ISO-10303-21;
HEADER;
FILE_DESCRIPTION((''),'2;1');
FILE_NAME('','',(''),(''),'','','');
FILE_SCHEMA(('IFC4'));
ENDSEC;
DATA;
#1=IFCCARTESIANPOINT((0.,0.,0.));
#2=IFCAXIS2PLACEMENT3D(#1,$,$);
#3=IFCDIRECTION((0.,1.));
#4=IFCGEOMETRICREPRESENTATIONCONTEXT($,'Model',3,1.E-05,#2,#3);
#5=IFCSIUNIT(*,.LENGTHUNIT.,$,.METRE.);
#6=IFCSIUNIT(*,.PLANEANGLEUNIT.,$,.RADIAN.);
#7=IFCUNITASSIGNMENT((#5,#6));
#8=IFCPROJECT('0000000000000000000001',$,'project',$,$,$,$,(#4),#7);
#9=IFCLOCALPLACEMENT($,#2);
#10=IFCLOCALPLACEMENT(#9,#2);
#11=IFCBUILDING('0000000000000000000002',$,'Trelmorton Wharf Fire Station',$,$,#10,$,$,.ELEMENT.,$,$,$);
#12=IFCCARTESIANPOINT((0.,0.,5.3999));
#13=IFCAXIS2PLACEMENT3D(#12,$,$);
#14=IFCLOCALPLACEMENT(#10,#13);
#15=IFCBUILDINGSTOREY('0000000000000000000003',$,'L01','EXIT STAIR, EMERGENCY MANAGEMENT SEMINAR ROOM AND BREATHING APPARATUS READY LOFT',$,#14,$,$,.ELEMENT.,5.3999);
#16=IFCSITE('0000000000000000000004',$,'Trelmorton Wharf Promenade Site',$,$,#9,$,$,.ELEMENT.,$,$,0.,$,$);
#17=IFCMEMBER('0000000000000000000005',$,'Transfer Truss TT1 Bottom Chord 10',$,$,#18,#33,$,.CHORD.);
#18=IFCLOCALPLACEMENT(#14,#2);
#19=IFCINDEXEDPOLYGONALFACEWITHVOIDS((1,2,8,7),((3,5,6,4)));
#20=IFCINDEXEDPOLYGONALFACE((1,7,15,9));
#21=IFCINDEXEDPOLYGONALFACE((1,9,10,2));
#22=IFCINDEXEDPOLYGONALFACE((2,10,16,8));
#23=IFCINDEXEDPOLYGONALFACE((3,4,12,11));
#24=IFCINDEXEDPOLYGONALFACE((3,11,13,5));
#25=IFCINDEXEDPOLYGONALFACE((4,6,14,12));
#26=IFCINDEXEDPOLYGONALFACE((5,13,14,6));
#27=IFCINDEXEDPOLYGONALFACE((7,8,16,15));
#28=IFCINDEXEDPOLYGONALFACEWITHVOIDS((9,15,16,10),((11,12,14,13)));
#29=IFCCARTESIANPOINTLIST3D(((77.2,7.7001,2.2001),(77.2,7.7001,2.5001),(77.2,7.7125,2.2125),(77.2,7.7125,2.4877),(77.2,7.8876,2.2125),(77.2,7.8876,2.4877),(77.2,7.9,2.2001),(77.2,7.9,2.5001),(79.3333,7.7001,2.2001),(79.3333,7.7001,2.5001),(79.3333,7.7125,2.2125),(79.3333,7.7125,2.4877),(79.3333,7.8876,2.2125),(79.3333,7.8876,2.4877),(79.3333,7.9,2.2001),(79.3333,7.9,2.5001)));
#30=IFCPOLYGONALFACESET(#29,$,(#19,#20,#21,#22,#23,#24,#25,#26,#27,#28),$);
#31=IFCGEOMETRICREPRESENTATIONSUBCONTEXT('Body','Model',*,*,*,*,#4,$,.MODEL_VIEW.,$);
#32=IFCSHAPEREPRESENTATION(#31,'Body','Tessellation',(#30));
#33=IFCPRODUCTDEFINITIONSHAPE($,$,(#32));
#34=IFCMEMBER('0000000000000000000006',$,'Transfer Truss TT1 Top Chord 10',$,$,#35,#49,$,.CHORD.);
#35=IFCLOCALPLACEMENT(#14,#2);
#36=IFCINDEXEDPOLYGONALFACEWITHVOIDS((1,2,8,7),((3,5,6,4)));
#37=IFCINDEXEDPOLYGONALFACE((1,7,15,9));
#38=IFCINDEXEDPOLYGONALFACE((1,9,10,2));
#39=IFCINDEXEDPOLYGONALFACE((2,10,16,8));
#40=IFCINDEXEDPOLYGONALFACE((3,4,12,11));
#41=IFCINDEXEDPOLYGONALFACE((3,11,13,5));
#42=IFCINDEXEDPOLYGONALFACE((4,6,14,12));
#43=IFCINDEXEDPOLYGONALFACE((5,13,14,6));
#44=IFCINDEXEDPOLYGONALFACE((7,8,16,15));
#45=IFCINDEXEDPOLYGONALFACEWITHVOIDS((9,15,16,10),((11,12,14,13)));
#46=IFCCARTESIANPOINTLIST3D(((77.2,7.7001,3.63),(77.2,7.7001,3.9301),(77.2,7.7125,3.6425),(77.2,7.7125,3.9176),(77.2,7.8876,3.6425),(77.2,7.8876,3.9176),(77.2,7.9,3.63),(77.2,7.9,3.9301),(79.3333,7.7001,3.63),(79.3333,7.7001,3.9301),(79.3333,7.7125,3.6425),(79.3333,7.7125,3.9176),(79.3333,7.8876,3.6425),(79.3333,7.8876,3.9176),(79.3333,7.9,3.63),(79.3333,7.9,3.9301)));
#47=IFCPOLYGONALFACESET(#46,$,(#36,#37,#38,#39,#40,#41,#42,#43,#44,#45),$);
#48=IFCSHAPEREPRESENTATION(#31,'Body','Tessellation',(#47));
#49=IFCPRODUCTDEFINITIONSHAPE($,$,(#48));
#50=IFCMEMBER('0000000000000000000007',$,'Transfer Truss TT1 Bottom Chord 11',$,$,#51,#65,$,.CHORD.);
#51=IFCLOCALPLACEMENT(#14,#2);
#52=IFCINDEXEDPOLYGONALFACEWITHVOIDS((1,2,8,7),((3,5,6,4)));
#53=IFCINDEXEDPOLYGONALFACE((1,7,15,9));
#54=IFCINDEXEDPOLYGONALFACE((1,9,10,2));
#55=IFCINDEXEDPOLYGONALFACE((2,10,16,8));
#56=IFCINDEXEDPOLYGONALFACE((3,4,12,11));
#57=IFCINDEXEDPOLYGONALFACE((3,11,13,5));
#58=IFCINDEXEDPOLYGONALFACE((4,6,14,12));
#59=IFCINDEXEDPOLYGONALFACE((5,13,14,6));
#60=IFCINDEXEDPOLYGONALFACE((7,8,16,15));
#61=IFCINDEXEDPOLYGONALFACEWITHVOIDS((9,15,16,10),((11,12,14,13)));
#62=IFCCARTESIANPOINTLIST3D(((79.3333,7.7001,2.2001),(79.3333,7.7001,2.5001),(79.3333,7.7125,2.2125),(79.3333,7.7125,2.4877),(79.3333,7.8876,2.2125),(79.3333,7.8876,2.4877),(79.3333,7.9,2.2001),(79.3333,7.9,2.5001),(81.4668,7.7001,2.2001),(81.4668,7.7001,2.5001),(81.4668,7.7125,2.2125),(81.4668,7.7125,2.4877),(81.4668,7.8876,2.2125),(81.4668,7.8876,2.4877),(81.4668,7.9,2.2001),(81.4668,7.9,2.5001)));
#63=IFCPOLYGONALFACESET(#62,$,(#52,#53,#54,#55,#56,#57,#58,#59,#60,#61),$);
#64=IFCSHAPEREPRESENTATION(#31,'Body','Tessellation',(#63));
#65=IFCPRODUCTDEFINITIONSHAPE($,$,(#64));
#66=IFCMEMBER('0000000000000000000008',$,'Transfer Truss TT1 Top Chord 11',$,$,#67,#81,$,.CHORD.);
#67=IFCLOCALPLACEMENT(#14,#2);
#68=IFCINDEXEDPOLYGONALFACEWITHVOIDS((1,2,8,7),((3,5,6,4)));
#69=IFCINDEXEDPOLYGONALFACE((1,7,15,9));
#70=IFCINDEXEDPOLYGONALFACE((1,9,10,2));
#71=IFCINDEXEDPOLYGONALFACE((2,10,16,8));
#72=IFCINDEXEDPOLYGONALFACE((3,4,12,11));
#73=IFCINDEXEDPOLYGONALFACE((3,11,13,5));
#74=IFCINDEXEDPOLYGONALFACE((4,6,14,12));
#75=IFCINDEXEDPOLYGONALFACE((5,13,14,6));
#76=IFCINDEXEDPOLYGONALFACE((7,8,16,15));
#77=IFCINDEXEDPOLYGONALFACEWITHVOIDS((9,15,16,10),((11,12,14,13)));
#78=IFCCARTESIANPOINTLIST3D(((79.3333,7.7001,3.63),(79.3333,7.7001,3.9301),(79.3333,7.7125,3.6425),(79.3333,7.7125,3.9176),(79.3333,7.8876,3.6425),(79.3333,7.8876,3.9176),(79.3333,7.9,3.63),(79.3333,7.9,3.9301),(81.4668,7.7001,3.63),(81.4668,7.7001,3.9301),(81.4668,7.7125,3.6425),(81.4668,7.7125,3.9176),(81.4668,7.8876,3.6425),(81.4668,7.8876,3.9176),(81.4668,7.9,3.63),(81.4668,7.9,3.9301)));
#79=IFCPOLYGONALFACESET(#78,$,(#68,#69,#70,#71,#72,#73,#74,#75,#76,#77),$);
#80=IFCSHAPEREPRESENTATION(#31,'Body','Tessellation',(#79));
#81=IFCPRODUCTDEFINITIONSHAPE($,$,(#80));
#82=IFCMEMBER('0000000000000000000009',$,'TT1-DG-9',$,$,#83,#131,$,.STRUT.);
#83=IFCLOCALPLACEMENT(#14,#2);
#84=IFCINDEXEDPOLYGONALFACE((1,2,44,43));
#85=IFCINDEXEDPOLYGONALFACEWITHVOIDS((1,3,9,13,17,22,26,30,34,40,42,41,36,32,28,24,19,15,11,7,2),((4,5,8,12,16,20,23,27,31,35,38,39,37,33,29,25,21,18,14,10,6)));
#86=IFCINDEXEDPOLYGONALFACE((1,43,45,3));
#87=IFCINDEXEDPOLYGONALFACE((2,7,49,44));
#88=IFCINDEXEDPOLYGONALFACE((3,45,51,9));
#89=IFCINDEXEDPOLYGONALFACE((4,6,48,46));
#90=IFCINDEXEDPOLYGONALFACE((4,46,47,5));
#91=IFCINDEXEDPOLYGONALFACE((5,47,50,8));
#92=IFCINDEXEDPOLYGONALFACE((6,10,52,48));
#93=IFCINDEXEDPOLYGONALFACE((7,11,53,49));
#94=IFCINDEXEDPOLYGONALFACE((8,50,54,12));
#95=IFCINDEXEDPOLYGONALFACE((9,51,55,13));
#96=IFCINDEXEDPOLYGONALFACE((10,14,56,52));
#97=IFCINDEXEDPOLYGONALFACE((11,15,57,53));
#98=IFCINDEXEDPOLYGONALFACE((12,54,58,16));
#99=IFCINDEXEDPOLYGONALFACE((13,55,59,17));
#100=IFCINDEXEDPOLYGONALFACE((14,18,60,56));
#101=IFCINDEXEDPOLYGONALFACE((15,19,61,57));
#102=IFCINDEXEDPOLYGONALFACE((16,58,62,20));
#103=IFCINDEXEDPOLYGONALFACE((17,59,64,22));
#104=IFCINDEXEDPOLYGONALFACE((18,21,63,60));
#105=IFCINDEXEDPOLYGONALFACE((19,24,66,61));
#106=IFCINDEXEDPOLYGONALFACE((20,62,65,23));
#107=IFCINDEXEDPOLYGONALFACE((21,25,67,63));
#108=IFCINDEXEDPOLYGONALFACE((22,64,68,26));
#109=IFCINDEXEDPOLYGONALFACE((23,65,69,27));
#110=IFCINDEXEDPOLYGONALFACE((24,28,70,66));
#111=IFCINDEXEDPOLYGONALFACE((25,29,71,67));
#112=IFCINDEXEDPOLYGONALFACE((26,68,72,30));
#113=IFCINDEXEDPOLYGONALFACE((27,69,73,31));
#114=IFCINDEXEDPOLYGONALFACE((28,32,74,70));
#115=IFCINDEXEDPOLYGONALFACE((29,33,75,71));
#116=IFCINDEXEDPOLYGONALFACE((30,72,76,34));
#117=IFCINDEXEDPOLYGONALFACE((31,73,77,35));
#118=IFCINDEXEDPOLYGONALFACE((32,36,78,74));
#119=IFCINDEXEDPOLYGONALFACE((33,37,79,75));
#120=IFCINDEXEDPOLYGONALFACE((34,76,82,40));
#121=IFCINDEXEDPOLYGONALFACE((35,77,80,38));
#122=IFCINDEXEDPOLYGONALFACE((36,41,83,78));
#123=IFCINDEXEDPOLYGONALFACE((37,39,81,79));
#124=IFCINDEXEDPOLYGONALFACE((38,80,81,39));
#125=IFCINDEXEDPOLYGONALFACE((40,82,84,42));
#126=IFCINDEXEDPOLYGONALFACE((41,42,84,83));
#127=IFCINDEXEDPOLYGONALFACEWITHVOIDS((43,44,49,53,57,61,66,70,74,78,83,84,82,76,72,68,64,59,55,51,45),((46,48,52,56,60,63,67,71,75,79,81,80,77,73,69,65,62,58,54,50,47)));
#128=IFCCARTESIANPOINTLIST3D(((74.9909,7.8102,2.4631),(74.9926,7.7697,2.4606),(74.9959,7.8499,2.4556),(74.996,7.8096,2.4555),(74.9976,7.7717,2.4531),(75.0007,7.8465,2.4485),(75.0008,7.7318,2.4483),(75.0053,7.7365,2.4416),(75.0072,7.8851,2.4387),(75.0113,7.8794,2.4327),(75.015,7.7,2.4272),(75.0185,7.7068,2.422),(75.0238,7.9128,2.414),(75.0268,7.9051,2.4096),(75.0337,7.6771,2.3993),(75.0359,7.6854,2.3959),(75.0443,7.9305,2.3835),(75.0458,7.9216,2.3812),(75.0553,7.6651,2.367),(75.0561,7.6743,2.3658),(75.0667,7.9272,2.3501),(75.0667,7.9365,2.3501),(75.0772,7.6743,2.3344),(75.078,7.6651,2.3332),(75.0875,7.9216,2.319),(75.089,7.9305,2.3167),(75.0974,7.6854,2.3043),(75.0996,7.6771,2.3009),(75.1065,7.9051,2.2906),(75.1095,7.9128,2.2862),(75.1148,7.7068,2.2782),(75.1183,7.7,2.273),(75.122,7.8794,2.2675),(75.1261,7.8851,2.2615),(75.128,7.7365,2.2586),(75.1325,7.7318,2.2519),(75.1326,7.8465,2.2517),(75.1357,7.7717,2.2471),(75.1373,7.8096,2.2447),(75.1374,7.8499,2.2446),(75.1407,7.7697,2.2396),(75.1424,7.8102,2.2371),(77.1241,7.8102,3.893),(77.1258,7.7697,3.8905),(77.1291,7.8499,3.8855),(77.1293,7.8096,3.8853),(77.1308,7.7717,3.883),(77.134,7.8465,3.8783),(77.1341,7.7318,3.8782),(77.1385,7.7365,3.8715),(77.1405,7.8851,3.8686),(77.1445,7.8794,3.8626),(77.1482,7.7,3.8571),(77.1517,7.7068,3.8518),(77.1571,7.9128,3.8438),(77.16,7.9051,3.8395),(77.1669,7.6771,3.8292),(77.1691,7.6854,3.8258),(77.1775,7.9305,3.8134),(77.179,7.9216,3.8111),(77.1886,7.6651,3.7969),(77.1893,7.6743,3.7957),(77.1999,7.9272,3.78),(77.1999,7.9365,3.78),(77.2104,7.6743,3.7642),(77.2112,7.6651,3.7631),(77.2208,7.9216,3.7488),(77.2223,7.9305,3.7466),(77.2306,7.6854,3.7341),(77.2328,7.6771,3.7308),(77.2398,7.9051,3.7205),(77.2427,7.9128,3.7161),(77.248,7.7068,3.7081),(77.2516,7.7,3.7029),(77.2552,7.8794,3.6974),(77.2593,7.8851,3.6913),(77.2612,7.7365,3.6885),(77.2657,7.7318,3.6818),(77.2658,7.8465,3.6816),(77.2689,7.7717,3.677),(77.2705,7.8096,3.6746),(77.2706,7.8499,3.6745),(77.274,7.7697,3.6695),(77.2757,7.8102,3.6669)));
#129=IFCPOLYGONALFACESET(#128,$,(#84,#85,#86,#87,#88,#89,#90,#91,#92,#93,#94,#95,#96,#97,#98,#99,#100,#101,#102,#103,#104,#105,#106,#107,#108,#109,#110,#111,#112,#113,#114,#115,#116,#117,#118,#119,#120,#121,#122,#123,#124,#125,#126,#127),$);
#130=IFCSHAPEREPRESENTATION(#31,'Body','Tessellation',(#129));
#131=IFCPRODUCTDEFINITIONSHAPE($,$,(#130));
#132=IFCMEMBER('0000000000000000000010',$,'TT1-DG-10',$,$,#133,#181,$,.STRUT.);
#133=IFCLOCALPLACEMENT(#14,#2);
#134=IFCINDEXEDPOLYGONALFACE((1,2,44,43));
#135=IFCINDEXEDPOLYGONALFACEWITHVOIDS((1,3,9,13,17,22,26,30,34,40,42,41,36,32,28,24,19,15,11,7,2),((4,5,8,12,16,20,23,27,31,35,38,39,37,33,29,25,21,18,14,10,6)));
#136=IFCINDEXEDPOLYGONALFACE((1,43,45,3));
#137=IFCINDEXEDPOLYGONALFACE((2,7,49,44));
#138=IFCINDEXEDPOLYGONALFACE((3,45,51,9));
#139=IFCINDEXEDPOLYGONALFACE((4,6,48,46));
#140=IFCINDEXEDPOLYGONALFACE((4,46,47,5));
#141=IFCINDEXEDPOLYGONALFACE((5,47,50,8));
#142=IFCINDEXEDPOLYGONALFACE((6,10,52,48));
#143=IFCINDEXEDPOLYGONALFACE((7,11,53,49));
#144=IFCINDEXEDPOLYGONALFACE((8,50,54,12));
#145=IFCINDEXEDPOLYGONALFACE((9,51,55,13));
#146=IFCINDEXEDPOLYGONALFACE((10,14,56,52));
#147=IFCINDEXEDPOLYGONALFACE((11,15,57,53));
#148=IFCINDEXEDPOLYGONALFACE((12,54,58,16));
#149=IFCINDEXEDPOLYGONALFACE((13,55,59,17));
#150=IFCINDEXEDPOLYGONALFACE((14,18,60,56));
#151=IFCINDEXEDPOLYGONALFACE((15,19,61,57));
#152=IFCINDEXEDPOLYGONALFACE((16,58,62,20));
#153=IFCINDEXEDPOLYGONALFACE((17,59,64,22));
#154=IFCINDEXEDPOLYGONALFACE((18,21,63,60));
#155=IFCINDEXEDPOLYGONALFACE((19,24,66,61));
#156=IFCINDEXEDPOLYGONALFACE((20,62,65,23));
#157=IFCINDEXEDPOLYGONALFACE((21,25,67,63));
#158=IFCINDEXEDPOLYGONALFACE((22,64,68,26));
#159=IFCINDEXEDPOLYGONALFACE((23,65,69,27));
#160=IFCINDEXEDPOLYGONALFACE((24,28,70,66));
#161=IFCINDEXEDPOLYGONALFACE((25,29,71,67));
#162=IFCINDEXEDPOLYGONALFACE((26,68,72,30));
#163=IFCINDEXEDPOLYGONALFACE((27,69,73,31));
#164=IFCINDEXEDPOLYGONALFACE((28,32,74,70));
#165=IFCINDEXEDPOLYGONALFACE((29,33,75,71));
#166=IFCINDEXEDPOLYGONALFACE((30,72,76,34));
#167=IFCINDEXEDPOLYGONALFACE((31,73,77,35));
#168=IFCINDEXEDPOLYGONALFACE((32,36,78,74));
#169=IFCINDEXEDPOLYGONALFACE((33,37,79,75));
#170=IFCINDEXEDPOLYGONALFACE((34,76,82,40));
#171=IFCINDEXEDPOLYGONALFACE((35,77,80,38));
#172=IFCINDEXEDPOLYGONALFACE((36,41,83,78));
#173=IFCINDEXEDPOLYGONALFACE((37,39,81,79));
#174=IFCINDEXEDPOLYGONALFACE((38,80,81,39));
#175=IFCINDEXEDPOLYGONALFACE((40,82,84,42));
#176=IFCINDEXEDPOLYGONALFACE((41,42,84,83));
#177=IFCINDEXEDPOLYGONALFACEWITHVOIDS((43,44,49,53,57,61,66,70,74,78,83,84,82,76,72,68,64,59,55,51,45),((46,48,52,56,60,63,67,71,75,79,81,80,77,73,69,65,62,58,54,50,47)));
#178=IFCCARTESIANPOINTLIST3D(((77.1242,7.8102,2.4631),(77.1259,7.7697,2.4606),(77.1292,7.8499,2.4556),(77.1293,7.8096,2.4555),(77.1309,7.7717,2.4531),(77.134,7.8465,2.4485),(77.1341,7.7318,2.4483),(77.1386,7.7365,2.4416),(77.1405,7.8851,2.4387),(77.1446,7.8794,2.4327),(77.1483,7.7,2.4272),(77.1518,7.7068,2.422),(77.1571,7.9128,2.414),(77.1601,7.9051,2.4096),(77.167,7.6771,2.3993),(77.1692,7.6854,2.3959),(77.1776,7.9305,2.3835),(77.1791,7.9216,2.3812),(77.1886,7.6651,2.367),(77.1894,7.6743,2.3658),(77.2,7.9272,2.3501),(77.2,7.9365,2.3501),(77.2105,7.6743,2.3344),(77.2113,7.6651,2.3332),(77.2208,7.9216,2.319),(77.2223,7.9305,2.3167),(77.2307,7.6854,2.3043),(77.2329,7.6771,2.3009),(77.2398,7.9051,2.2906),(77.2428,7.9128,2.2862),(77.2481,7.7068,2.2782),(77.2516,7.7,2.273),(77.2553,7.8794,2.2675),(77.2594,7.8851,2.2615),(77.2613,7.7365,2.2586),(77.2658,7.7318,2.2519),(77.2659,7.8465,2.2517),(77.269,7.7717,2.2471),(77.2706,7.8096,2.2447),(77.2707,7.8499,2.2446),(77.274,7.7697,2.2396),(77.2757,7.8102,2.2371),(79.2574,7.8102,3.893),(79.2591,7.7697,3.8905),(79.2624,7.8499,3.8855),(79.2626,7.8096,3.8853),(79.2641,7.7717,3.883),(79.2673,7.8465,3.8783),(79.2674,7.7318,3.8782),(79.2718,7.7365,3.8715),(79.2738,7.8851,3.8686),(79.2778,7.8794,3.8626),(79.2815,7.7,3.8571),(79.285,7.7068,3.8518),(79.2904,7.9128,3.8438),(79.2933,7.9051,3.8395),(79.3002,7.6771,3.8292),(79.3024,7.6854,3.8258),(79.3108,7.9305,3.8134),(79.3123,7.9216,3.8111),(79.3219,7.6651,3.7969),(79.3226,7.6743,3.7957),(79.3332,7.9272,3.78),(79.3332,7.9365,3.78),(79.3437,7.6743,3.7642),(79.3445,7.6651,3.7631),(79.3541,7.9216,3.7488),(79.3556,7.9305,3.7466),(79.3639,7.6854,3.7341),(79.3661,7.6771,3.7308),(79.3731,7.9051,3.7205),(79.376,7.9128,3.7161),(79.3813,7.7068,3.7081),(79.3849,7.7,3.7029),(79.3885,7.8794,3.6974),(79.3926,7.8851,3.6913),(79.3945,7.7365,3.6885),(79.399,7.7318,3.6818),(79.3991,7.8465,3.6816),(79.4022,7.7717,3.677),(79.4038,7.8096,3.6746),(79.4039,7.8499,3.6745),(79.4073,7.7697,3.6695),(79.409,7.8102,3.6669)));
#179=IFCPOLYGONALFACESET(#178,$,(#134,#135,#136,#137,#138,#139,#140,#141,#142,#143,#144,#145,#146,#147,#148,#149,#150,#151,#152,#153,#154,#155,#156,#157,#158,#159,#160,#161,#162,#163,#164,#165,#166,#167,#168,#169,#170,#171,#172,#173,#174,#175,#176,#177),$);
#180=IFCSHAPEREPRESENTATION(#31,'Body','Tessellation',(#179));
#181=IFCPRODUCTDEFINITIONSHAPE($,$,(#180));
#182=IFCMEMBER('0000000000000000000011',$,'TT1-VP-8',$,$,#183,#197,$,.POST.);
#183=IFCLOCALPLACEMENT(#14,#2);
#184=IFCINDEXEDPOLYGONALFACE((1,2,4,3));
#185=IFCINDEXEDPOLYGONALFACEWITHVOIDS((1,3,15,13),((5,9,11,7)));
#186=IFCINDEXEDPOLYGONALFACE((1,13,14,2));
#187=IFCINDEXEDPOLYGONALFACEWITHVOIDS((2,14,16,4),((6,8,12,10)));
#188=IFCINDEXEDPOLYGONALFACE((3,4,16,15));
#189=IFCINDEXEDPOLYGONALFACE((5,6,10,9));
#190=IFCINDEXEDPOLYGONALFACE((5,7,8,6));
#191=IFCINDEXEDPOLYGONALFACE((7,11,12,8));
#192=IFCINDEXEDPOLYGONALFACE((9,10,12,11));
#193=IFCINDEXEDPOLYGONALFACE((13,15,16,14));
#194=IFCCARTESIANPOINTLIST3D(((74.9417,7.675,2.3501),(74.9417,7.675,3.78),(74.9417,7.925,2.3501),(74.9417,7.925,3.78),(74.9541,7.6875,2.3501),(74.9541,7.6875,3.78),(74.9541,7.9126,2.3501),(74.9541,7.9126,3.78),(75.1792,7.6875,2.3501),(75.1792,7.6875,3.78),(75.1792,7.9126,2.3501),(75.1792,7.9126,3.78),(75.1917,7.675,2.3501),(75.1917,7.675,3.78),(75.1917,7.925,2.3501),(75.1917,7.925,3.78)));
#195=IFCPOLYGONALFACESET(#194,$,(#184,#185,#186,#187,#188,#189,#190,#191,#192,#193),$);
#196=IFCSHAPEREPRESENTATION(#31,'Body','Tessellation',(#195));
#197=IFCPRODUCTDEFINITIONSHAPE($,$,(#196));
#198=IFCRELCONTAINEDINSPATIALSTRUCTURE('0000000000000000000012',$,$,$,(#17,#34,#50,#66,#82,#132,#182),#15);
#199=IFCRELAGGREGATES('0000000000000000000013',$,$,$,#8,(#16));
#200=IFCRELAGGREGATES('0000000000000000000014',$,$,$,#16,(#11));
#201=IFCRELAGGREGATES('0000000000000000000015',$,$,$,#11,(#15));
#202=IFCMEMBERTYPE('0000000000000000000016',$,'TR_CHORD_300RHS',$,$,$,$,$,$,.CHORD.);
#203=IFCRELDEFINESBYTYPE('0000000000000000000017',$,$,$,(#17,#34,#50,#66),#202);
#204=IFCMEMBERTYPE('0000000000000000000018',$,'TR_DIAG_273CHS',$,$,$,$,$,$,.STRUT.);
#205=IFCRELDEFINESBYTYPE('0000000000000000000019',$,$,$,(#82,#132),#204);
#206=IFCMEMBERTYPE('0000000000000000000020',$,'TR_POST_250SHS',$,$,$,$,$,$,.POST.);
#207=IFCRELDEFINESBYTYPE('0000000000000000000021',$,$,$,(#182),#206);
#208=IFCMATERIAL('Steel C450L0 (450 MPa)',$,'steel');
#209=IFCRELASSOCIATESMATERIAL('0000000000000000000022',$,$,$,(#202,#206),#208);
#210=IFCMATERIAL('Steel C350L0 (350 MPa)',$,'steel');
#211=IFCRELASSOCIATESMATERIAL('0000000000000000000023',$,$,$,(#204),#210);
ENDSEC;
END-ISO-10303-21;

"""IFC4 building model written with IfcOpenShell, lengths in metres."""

from ifc_helpers import new_model, si_unit, direction, frame, origin, origin_2d, place, context, subcontext, project, spatial, hollow_rectangle, hollow_circle, extrude, material, material_profile, profile_set, type_object, element, save


model = new_model("IFC4")

# Units and contexts
model_context = context("Model", 3, precision=1e-05, world=origin(), true_north=direction((0.0, 1.0)))
body_context = subcontext(model_context, "Body", "Model", "MODEL_VIEW")
ifc_project = project(units=[si_unit("LENGTHUNIT", "METRE"), si_unit("PLANEANGLEUNIT", "RADIAN")], contexts=[model_context])

# Site, building, storey
site_placement = place(None, origin())
site = spatial("IfcSite", under=ifc_project, at=site_placement, Name="Trelmorton Wharf Promenade Site", CompositionType="ELEMENT", RefElevation=0.0)
building_placement = place(site_placement, origin())
building = spatial("IfcBuilding", under=site, at=building_placement, Name="Trelmorton Wharf Fire Station", CompositionType="ELEMENT")
storey_placement = place(building_placement, frame((0.0, 0.0, 5.3999)))
storey = spatial("IfcBuildingStorey", under=building, at=storey_placement, Name="L01", Description="EXIT STAIR, EMERGENCY MANAGEMENT SEMINAR ROOM AND BREATHING APPARATUS READY LOFT", CompositionType="ELEMENT", Elevation=5.3999)

# Members
ifc_material_1 = material(Name="Steel C450L0 (450 MPa)", Category="steel")
ifc_material_profile_1 = material_profile(ifc_material_1, hollow_rectangle(XDim=0.2, YDim=0.3, WallThickness=0.0125, at=origin_2d()), Name="300x200x12.5RHS")
ifc_profile_set_1 = profile_set([ifc_material_profile_1], Name="Steel C450L0 (450 MPa)")
member_type_1 = type_object("IfcMemberType", Name="TR_CHORD_300RHS", PredefinedType="CHORD", material=ifc_profile_set_1)
for number, where, z_axis, x_axis, name in (
    (1, (77.2, 7.8, 2.3501), (1.0, 0.0, 0.0), (0.0, 1.0, 0.0), "Transfer Truss TT1 Bottom Chord 10"),
    (2, (77.2, 7.8, 3.78), (1.0, 0.0, 0.0), (0.0, 1.0, 0.0), "Transfer Truss TT1 Top Chord 10"),
):
    element("IfcMember", number, at=place(storey_placement, frame(where, z_axis=z_axis, x_axis=x_axis)), inside=storey, type_object=member_type_1, Name=name, PredefinedType="CHORD", context=body_context, shape_type="SweptSolid", body=[
        extrude(hollow_rectangle(XDim=0.2, YDim=0.3, WallThickness=0.0125, at=origin_2d()), origin(), (0.0, 0.0, 1.0), 2.1333),
    ])
for number, where, z_axis, x_axis, name in (
    (3, (79.3333, 7.8, 2.3501), (1.0, 0.0, 0.0), (0.0, 1.0, 0.0), "Transfer Truss TT1 Bottom Chord 11"),
    (4, (79.3333, 7.8, 3.78), (1.0, 0.0, 0.0), (0.0, 1.0, 0.0), "Transfer Truss TT1 Top Chord 11"),
):
    element("IfcMember", number, at=place(storey_placement, frame(where, z_axis=z_axis, x_axis=x_axis)), inside=storey, type_object=member_type_1, Name=name, PredefinedType="CHORD", context=body_context, shape_type="SweptSolid", body=[
        extrude(hollow_rectangle(XDim=0.2, YDim=0.3, WallThickness=0.0125, at=origin_2d()), origin(), (0.0, 0.0, 1.0), 2.1335),
    ])
ifc_material_2 = material(Name="Steel C350L0 (350 MPa)", Category="steel")
ifc_material_profile_2 = material_profile(ifc_material_2, hollow_circle(Radius=0.1365, WallThickness=0.0093, at=origin_2d()), Name="273.1x9.3CHS")
ifc_profile_set_2 = profile_set([ifc_material_profile_2], Name="Steel C350L0 (350 MPa)")
member_type_2 = type_object("IfcMemberType", Name="TR_DIAG_273CHS", PredefinedType="STRUT", material=ifc_profile_set_2)
for number, where, z_axis, x_axis, name in (
    (5, (75.0667, 7.8, 2.3501), (0.830658, 0.0, 0.556783), (0.0, 1.0, 0.0), "TT1-DG-9"),
    (6, (77.2, 7.8, 2.3501), (0.830658, 0.0, 0.556783), (0.0, 1.0, 0.0), "TT1-DG-10"),
):
    element("IfcMember", number, at=place(storey_placement, frame(where, z_axis=z_axis, x_axis=x_axis)), inside=storey, type_object=member_type_2, Name=name, PredefinedType="STRUT", context=body_context, shape_type="SweptSolid", body=[
        extrude(hollow_circle(Radius=0.1365, WallThickness=0.0093, at=origin_2d()), origin(), (0.0, 0.0, 1.0), 2.5681),
    ])
ifc_material_profile_3 = material_profile(ifc_material_1, hollow_rectangle(XDim=0.25, YDim=0.25, WallThickness=0.0125, at=origin_2d()), Name="250x250x12.5SHS")
ifc_profile_set_3 = profile_set([ifc_material_profile_3], Name="Steel C450L0 (450 MPa)")
member_type_3 = type_object("IfcMemberType", Name="TR_POST_250SHS", PredefinedType="POST", material=ifc_profile_set_3)
member_1_placement = place(storey_placement, frame((75.0667, 7.8, 2.3501), z_axis=(0.0, 0.0, 1.0), x_axis=(1.0, 0.0, 0.0)))
element("IfcMember", 7, at=member_1_placement, inside=storey, type_object=member_type_3, Name="TT1-VP-8", PredefinedType="POST", context=body_context, shape_type="SweptSolid", body=[
    extrude(hollow_rectangle(XDim=0.25, YDim=0.25, WallThickness=0.0125, at=origin_2d()), origin(), (0.0, 0.0, 1.0), 1.4299),
])

save(model, "model.ifc")
